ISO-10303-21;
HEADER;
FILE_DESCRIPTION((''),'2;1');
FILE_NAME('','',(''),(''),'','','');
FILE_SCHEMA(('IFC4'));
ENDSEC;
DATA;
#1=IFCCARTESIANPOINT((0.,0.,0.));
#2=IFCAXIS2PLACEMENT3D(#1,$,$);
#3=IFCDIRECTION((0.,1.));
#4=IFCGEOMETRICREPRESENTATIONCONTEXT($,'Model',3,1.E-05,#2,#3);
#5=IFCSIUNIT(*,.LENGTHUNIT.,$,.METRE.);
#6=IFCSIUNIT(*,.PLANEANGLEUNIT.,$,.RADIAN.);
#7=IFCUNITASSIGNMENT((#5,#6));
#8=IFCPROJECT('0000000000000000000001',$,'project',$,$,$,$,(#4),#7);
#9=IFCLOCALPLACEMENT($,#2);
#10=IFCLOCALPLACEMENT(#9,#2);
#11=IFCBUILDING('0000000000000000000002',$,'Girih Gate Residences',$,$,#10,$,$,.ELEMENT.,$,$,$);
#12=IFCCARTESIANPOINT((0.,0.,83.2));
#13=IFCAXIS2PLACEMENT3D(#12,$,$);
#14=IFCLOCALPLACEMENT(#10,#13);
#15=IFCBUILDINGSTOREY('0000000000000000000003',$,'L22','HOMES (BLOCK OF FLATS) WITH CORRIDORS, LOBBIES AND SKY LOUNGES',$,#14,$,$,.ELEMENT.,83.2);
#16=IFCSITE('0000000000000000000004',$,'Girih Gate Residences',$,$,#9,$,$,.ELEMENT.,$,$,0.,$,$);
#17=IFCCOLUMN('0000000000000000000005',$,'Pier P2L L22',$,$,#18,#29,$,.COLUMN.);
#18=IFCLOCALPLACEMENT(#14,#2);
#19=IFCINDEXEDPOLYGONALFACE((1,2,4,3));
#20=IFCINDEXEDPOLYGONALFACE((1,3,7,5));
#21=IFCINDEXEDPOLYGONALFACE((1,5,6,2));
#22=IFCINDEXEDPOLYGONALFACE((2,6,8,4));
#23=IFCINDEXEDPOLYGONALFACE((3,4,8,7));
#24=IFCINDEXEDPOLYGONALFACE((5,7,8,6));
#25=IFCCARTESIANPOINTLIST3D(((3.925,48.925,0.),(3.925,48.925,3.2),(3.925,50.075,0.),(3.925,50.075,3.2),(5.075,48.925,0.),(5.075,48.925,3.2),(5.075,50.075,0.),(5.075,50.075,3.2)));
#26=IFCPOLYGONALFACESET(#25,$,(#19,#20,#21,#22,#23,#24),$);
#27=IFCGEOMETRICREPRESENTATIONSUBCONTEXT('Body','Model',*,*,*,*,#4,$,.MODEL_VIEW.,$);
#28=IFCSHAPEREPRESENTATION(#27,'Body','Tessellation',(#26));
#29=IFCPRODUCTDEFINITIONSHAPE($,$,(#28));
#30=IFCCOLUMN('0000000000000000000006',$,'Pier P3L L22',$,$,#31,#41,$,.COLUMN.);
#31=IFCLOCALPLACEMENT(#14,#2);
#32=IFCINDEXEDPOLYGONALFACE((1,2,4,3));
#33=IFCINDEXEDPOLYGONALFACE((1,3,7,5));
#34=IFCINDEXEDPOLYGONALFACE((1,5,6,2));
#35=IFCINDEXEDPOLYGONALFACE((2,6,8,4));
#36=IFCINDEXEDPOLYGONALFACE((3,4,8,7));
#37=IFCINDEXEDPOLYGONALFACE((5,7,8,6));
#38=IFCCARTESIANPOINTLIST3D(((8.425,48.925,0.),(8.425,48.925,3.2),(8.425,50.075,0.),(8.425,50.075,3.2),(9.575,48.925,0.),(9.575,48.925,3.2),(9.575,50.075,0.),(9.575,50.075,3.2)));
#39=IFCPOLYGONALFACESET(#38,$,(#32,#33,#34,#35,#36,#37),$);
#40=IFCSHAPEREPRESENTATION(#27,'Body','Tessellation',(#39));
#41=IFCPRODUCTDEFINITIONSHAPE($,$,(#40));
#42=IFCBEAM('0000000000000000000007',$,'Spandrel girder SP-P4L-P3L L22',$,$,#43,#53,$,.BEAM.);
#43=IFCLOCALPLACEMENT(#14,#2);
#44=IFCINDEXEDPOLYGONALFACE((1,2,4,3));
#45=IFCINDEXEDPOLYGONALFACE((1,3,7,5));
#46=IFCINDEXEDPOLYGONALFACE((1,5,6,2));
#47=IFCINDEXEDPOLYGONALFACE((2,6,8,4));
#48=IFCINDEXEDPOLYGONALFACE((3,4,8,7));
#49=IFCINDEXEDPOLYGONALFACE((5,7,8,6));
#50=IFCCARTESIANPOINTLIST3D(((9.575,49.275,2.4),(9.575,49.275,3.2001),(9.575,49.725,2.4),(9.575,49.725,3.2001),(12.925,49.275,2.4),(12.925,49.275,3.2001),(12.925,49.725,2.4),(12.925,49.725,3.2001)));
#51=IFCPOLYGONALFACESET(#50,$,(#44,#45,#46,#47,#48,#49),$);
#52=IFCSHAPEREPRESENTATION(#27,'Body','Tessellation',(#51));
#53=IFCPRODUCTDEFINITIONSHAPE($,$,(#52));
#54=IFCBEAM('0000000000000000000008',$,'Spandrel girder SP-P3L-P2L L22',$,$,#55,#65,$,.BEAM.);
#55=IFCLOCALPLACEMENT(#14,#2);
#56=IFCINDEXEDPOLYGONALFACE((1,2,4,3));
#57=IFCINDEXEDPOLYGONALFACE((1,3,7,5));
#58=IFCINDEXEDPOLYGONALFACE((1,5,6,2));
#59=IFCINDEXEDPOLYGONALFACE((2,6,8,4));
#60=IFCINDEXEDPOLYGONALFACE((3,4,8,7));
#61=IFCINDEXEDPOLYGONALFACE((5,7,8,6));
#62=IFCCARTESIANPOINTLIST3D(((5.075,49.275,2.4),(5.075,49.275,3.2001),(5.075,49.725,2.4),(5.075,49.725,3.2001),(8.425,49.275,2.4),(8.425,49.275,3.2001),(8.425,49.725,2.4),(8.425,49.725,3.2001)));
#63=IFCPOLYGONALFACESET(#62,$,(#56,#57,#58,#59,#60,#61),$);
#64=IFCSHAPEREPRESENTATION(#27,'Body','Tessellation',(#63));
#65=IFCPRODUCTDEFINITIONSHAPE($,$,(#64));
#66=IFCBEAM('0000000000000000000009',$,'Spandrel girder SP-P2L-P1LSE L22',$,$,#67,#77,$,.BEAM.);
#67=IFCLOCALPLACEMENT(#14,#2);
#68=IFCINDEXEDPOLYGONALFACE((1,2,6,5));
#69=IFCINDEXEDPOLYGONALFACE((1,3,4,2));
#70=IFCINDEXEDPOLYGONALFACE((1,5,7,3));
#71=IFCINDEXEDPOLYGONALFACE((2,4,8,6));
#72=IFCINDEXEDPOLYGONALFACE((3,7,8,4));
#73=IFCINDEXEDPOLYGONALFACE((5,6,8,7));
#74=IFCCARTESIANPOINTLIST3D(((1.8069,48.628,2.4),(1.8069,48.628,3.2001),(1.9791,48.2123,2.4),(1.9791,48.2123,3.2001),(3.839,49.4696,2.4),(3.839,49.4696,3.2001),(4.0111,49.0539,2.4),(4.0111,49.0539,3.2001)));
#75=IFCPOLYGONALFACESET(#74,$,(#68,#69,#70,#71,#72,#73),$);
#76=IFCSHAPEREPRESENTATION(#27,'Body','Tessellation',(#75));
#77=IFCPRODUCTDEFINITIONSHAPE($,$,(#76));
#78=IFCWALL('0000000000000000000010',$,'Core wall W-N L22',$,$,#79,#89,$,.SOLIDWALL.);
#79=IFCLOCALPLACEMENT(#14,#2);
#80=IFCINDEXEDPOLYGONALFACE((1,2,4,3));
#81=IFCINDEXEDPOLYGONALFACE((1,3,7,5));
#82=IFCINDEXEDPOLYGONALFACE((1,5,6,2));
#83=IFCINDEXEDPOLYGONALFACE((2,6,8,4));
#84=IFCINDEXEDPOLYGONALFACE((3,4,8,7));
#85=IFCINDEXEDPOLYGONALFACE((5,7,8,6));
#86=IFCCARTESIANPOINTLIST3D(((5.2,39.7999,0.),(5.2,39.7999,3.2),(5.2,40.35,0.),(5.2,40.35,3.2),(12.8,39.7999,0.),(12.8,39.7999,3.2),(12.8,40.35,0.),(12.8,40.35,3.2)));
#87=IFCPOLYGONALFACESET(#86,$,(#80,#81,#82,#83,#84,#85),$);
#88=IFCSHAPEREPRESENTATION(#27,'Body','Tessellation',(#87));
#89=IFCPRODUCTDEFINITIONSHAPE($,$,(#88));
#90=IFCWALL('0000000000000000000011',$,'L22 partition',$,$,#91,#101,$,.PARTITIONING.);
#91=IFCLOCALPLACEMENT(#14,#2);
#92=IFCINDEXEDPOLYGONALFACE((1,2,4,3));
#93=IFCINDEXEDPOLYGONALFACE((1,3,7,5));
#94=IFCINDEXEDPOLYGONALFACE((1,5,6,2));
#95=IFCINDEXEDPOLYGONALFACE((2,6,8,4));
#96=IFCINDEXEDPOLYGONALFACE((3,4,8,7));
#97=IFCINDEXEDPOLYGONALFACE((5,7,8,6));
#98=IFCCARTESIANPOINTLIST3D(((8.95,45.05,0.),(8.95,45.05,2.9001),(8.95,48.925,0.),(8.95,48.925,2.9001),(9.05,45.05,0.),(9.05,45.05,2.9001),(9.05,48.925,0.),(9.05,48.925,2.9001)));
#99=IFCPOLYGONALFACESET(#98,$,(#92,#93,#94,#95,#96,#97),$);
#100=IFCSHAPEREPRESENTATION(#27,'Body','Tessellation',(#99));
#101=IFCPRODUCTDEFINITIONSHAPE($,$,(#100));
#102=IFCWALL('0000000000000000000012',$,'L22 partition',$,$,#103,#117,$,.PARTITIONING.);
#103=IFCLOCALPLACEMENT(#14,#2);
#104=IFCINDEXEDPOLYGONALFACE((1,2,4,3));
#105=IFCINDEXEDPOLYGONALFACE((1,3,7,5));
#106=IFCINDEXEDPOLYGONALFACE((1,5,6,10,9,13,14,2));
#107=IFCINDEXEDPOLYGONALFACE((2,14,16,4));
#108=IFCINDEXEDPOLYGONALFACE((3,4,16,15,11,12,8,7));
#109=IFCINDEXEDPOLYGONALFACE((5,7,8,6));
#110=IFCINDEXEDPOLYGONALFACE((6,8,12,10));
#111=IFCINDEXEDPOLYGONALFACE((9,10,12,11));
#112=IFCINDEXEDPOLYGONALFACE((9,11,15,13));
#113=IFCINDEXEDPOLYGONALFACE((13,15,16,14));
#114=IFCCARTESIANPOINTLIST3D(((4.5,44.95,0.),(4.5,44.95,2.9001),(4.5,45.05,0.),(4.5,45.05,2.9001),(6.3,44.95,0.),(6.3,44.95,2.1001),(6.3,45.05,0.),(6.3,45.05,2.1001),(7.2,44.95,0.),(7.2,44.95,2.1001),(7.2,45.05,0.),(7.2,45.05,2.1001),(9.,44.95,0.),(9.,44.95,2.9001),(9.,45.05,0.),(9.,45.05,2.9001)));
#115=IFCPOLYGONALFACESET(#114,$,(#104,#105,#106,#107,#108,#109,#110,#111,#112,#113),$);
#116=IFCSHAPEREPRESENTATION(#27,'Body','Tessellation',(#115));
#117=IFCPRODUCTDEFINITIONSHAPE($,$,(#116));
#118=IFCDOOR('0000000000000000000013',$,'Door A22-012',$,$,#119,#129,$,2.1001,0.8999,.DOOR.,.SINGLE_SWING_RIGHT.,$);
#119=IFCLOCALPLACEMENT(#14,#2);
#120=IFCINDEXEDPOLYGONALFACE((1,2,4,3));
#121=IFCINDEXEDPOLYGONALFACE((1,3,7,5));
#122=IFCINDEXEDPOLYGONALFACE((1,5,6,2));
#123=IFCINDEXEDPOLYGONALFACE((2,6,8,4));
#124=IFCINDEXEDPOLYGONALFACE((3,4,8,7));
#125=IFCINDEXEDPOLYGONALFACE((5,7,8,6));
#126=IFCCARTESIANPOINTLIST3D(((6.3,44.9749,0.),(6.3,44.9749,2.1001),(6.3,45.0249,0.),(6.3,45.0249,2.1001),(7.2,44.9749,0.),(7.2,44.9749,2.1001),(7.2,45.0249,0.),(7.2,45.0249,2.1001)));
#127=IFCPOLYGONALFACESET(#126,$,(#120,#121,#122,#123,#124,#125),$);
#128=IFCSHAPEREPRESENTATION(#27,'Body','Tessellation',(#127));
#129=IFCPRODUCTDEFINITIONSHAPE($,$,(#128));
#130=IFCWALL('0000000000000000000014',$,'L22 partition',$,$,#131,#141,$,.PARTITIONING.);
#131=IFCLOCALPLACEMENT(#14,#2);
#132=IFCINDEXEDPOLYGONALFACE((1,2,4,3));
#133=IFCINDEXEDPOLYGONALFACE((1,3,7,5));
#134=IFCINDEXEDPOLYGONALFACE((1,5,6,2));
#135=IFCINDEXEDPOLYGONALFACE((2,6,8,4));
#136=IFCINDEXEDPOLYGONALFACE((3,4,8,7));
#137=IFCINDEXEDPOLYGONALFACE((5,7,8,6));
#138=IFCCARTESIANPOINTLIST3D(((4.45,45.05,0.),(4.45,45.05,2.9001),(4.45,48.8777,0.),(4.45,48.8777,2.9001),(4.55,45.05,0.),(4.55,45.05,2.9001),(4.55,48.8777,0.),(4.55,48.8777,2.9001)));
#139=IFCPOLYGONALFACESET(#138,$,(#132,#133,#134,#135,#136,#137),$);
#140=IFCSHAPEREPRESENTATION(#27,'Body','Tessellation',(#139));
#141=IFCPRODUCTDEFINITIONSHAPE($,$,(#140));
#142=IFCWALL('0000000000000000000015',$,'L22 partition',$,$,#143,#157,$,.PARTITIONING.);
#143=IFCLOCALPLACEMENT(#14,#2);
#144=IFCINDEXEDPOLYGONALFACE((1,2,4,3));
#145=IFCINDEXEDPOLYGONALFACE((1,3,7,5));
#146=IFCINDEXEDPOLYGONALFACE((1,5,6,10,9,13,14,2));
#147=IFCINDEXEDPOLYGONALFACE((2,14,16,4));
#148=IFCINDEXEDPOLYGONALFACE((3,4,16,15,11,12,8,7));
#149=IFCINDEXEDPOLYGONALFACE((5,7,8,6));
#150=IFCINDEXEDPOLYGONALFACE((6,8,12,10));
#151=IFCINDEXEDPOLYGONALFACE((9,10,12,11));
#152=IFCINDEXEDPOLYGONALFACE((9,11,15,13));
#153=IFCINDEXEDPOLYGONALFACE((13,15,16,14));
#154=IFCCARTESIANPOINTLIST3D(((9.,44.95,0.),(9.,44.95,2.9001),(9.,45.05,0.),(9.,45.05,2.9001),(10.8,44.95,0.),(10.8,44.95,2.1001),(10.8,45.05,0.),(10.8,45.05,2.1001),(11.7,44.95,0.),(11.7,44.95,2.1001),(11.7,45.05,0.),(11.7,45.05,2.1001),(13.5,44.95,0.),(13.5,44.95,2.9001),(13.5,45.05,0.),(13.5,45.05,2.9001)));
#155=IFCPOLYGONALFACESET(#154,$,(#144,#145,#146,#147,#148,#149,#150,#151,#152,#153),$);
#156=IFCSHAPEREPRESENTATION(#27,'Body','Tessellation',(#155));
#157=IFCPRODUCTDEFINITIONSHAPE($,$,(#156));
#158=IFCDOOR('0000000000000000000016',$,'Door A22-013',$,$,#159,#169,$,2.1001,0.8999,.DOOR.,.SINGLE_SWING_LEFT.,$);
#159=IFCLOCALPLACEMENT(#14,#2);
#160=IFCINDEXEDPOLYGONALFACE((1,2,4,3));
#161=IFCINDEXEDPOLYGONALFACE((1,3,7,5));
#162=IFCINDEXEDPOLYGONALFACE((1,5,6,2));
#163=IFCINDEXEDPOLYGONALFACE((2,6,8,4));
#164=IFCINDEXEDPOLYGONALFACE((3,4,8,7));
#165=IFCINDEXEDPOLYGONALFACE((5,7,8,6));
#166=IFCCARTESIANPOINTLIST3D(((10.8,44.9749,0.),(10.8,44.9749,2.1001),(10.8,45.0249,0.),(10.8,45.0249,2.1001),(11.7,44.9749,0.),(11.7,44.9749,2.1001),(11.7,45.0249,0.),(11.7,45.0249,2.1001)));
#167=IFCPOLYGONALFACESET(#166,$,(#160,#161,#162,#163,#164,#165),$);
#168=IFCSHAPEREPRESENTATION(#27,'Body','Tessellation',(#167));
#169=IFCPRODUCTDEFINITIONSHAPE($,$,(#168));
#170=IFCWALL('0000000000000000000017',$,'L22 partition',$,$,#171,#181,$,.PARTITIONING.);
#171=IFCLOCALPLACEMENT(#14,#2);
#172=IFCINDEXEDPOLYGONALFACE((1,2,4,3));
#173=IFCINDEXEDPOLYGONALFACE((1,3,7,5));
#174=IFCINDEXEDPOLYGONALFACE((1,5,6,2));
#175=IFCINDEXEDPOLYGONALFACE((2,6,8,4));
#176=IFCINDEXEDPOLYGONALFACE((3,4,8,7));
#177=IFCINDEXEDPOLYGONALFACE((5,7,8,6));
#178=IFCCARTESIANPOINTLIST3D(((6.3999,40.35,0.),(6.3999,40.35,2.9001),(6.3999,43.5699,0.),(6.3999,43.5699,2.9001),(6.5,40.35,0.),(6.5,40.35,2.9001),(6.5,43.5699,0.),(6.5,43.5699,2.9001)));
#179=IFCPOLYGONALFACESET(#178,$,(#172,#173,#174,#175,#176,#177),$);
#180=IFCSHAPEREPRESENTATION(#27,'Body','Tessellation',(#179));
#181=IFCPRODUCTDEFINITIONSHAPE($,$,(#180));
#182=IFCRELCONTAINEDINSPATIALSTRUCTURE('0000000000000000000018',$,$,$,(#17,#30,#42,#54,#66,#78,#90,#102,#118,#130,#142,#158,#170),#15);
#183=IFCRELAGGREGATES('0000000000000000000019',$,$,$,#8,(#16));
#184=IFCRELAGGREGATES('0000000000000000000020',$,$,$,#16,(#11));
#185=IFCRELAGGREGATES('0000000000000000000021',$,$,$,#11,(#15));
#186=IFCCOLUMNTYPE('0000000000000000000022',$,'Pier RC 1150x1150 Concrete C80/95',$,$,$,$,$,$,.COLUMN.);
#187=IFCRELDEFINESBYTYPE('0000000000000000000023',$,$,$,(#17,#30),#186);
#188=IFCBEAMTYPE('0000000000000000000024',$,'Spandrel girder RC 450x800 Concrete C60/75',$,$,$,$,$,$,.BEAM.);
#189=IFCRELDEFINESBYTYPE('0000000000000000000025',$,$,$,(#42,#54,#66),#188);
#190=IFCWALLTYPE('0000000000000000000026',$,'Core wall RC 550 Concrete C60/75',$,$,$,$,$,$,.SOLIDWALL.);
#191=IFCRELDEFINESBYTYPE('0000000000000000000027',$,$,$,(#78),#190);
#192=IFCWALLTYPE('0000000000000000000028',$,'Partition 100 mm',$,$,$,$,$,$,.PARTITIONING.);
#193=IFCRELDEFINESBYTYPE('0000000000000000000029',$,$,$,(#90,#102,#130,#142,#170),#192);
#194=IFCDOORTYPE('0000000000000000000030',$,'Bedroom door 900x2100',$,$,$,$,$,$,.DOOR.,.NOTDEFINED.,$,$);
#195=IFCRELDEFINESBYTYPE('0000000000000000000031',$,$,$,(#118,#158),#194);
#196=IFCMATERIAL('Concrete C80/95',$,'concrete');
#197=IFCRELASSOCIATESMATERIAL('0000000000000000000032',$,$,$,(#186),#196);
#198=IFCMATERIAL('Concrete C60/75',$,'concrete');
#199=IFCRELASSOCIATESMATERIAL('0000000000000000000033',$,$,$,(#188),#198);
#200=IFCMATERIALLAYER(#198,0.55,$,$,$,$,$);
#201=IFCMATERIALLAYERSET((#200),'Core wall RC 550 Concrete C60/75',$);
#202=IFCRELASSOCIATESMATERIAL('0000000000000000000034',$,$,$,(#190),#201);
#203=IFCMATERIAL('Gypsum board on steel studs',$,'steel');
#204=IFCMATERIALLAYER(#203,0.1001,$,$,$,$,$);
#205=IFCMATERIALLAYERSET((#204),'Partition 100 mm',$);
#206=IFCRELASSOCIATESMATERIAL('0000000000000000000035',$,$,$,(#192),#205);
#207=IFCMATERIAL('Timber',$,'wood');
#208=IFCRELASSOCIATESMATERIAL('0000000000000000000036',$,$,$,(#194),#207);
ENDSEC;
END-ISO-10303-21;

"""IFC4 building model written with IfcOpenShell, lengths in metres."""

from ifc_helpers import new_model, si_unit, direction, frame, frame_2d, origin, origin_2d, place, context, subcontext, project, spatial, rectangle, extrude, material, layer, layer_set, material_profile, profile_set, type_object, element, fill, save


model = new_model("IFC4")

# Units and contexts
model_context = context("Model", 3, precision=1e-05, world=origin(), true_north=direction((0.0, 1.0)))
body_context = subcontext(model_context, "Body", "Model", "MODEL_VIEW")
ifc_project = project(units=[si_unit("LENGTHUNIT", "METRE"), si_unit("PLANEANGLEUNIT", "RADIAN")], contexts=[model_context])

# Site, building, storey
site_placement = place(None, origin())
site = spatial("IfcSite", under=ifc_project, at=site_placement, Name="Girih Gate Residences", CompositionType="ELEMENT", RefElevation=0.0)
building_placement = place(site_placement, origin())
building = spatial("IfcBuilding", under=site, at=building_placement, Name="Girih Gate Residences", CompositionType="ELEMENT")
storey_placement = place(building_placement, frame((0.0, 0.0, 83.2)))
storey = spatial("IfcBuildingStorey", under=building, at=storey_placement, Name="L22", Description="HOMES (BLOCK OF FLATS) WITH CORRIDORS, LOBBIES AND SKY LOUNGES", CompositionType="ELEMENT", Elevation=83.2)

# Columns
ifc_material_1 = material(Name="Concrete C80/95", Category="concrete")
ifc_material_profile_1 = material_profile(ifc_material_1, rectangle(XDim=1.1499, YDim=1.1499, at=origin_2d()))
ifc_profile_set_1 = profile_set([ifc_material_profile_1], Name="Concrete C80/95")
column_type = type_object("IfcColumnType", Name="Pier RC 1150x1150 Concrete C80/95", PredefinedType="COLUMN", material=ifc_profile_set_1)
for number, where, z_axis, x_axis, name in (
    (1, (4.5, 49.5, 0.0), (0.0, 0.0, 1.0), (1.0, 0.0, 0.0), "Pier P2L L22"),
    (2, (9.0, 49.5, 0.0), (0.0, 0.0, 1.0), (1.0, 0.0, 0.0), "Pier P3L L22"),
):
    element("IfcColumn", number, at=place(storey_placement, frame(where, z_axis=z_axis, x_axis=x_axis)), inside=storey, type_object=column_type, Name=name, PredefinedType="COLUMN", context=body_context, shape_type="SweptSolid", body=[
        extrude(rectangle(XDim=1.1499, YDim=1.1499, at=origin_2d()), origin(), (0.0, 0.0, 1.0), 3.2),
    ])

# Beams
ifc_material_2 = material(Name="Concrete C60/75", Category="concrete")
ifc_material_profile_2 = material_profile(ifc_material_2, rectangle(XDim=0.45, YDim=0.8, at=origin_2d()))
ifc_profile_set_2 = profile_set([ifc_material_profile_2], Name="Concrete C60/75")
beam_type = type_object("IfcBeamType", Name="Spandrel girder RC 450x800 Concrete C60/75", PredefinedType="BEAM", material=ifc_profile_set_2)
for number, where, z_axis, x_axis, name in (
    (3, (12.925, 49.5, 2.8), (-1.0, 0.0, 0.0), (0.0, -1.0, 0.0), "Spandrel girder SP-P4L-P3L L22"),
    (4, (8.425, 49.5, 2.8), (-1.0, 0.0, 0.0), (0.0, -1.0, 0.0), "Spandrel girder SP-P3L-P2L L22"),
):
    element("IfcBeam", number, at=place(storey_placement, frame(where, z_axis=z_axis, x_axis=x_axis)), inside=storey, type_object=beam_type, Name=name, PredefinedType="BEAM", context=body_context, shape_type="SweptSolid", body=[
        extrude(rectangle(XDim=0.45, YDim=0.8, at=origin_2d()), origin(), (0.0, 0.0, 1.0), 3.3501),
    ])
beam_placement = place(storey_placement, frame((3.925, 49.2617, 2.8), z_axis=(-0.923899, -0.382636, 0.0), x_axis=(0.382636, -0.923899, 0.0)))
element("IfcBeam", 5, at=beam_placement, inside=storey, type_object=beam_type, Name="Spandrel girder SP-P2L-P1LSE L22", PredefinedType="BEAM", context=body_context, shape_type="SweptSolid", body=[
    extrude(rectangle(XDim=0.45, YDim=0.8, at=origin_2d()), origin(), (0.0, 0.0, 1.0), 2.1995),
])

# Walls
ifc_layer_1 = layer(ifc_material_2, 0.55)
ifc_layer_set_1 = layer_set([ifc_layer_1], Name="Core wall RC 550 Concrete C60/75")
wall_type_1 = type_object("IfcWallType", Name="Core wall RC 550 Concrete C60/75", PredefinedType="SOLIDWALL", material=ifc_layer_set_1)
wall_1_placement = place(storey_placement, frame((5.2, 40.075, 0.0), z_axis=(0.0, 0.0, 1.0), x_axis=(1.0, 0.0, 0.0)))
element("IfcWall", 6, at=wall_1_placement, inside=storey, type_object=wall_type_1, Name="Core wall W-N L22", PredefinedType="SOLIDWALL", context=body_context, shape_type="SweptSolid", body=[
    extrude(rectangle(XDim=7.6001, YDim=0.55, at=frame_2d((3.8, 0.0))), origin(), (0.0, 0.0, 1.0), 3.2),
])
ifc_material_3 = material(Name="Gypsum board on steel studs", Category="steel")
ifc_layer_2 = layer(ifc_material_3, 0.1001)
ifc_layer_set_2 = layer_set([ifc_layer_2], Name="Partition 100 mm")
wall_type_2 = type_object("IfcWallType", Name="Partition 100 mm", PredefinedType="PARTITIONING", material=ifc_layer_set_2)
wall_2_placement = place(storey_placement, frame((9.0, 45.05, 0.0), z_axis=(0.0, 0.0, 1.0), x_axis=(0.0, 1.0, 0.0)))
element("IfcWall", 7, at=wall_2_placement, inside=storey, type_object=wall_type_2, Name="L22 partition", PredefinedType="PARTITIONING", context=body_context, shape_type="SweptSolid", body=[
    extrude(rectangle(XDim=3.875, YDim=0.1001, at=frame_2d((1.9375, 0.0))), origin(), (0.0, 0.0, 1.0), 2.9001),
])

# Wall, opening, door
wall_3_placement = place(storey_placement, frame((4.5, 45.0, 0.0), z_axis=(0.0, 0.0, 1.0), x_axis=(1.0, 0.0, 0.0)))
wall_3 = element("IfcWall", 8, at=wall_3_placement, inside=storey, type_object=wall_type_2, Name="L22 partition", PredefinedType="PARTITIONING", context=body_context, shape_type="SweptSolid", body=[
    extrude(rectangle(XDim=4.5, YDim=0.1001, at=frame_2d((2.25, 0.0))), origin(), (0.0, 0.0, 1.0), 2.9001),
])
opening_1_placement = place(wall_3_placement, frame((1.8, 0.0, 0.0)))
opening_1 = element("IfcOpeningElement", 9, at=opening_1_placement, cuts=wall_3, PredefinedType="OPENING", context=body_context, shape_type="SweptSolid", body=[
    extrude(rectangle(XDim=0.8999, YDim=2.1001, at=frame_2d((0.45, 1.05))), frame((0.0, 0.0601, 0.0), z_axis=(0.0, -1.0, 0.0), x_axis=(1.0, 0.0, 0.0)), (0.0, 0.0, 1.0), 0.1201),
])
ifc_material_4 = material(Name="Timber", Category="wood")
door_type = type_object("IfcDoorType", Name="Bedroom door 900x2100", OperationType="NOTDEFINED", PredefinedType="DOOR", material=ifc_material_4)
door_1_placement = place(opening_1_placement, origin())
door_1 = element("IfcDoor", 10, at=door_1_placement, inside=storey, type_object=door_type, Name="Door A22-012", OperationType="SINGLE_SWING_RIGHT", OverallHeight=2.1001, OverallWidth=0.8999, PredefinedType="DOOR", context=body_context, shape_type="SweptSolid", body=[
    extrude(rectangle(XDim=0.8999, YDim=2.1001, at=frame_2d((0.45, 1.05))), frame((0.0, 0.0249, 0.0), z_axis=(0.0, -1.0, 0.0), x_axis=(1.0, 0.0, 0.0)), (0.0, 0.0, 1.0), 0.05),
])
fill(opening_1, door_1)

# Wall
wall_4_placement = place(storey_placement, frame((4.5, 45.05, 0.0), z_axis=(0.0, 0.0, 1.0), x_axis=(0.0, 1.0, 0.0)))
element("IfcWall", 11, at=wall_4_placement, inside=storey, type_object=wall_type_2, Name="L22 partition", PredefinedType="PARTITIONING", context=body_context, shape_type="SweptSolid", body=[
    extrude(rectangle(XDim=3.8276, YDim=0.1001, at=frame_2d((1.9138, 0.0))), origin(), (0.0, 0.0, 1.0), 2.9001),
])

# Wall, opening, door
wall_5_placement = place(storey_placement, frame((9.0, 45.0, 0.0), z_axis=(0.0, 0.0, 1.0), x_axis=(1.0, 0.0, 0.0)))
wall_5 = element("IfcWall", 12, at=wall_5_placement, inside=storey, type_object=wall_type_2, Name="L22 partition", PredefinedType="PARTITIONING", context=body_context, shape_type="SweptSolid", body=[
    extrude(rectangle(XDim=4.5, YDim=0.1001, at=frame_2d((2.25, 0.0))), origin(), (0.0, 0.0, 1.0), 2.9001),
])
opening_2_placement = place(wall_5_placement, frame((1.8, 0.0, 0.0)))
opening_2 = element("IfcOpeningElement", 13, at=opening_2_placement, cuts=wall_5, PredefinedType="OPENING", context=body_context, shape_type="SweptSolid", body=[
    extrude(rectangle(XDim=0.8999, YDim=2.1001, at=frame_2d((0.45, 1.05))), frame((0.0, 0.0601, 0.0), z_axis=(0.0, -1.0, 0.0), x_axis=(1.0, 0.0, 0.0)), (0.0, 0.0, 1.0), 0.1201),
])
door_2_placement = place(opening_2_placement, origin())
door_2 = element("IfcDoor", 14, at=door_2_placement, inside=storey, type_object=door_type, Name="Door A22-013", OperationType="SINGLE_SWING_LEFT", OverallHeight=2.1001, OverallWidth=0.8999, PredefinedType="DOOR", context=body_context, shape_type="SweptSolid", body=[
    extrude(rectangle(XDim=0.8999, YDim=2.1001, at=frame_2d((0.45, 1.05))), frame((0.0, 0.0249, 0.0), z_axis=(0.0, -1.0, 0.0), x_axis=(1.0, 0.0, 0.0)), (0.0, 0.0, 1.0), 0.05),
])
fill(opening_2, door_2)

# Wall
wall_6_placement = place(storey_placement, frame((6.45, 40.3501, 0.0), z_axis=(0.0, 0.0, 1.0), x_axis=(0.0, 1.0, 0.0)))
element("IfcWall", 15, at=wall_6_placement, inside=storey, type_object=wall_type_2, Name="L22 partition", PredefinedType="PARTITIONING", context=body_context, shape_type="SweptSolid", body=[
    extrude(rectangle(XDim=3.22, YDim=0.1001, at=frame_2d((1.6099, 0.0))), origin(), (0.0, 0.0, 1.0), 2.9001),
])

save(model, "model.ifc")
